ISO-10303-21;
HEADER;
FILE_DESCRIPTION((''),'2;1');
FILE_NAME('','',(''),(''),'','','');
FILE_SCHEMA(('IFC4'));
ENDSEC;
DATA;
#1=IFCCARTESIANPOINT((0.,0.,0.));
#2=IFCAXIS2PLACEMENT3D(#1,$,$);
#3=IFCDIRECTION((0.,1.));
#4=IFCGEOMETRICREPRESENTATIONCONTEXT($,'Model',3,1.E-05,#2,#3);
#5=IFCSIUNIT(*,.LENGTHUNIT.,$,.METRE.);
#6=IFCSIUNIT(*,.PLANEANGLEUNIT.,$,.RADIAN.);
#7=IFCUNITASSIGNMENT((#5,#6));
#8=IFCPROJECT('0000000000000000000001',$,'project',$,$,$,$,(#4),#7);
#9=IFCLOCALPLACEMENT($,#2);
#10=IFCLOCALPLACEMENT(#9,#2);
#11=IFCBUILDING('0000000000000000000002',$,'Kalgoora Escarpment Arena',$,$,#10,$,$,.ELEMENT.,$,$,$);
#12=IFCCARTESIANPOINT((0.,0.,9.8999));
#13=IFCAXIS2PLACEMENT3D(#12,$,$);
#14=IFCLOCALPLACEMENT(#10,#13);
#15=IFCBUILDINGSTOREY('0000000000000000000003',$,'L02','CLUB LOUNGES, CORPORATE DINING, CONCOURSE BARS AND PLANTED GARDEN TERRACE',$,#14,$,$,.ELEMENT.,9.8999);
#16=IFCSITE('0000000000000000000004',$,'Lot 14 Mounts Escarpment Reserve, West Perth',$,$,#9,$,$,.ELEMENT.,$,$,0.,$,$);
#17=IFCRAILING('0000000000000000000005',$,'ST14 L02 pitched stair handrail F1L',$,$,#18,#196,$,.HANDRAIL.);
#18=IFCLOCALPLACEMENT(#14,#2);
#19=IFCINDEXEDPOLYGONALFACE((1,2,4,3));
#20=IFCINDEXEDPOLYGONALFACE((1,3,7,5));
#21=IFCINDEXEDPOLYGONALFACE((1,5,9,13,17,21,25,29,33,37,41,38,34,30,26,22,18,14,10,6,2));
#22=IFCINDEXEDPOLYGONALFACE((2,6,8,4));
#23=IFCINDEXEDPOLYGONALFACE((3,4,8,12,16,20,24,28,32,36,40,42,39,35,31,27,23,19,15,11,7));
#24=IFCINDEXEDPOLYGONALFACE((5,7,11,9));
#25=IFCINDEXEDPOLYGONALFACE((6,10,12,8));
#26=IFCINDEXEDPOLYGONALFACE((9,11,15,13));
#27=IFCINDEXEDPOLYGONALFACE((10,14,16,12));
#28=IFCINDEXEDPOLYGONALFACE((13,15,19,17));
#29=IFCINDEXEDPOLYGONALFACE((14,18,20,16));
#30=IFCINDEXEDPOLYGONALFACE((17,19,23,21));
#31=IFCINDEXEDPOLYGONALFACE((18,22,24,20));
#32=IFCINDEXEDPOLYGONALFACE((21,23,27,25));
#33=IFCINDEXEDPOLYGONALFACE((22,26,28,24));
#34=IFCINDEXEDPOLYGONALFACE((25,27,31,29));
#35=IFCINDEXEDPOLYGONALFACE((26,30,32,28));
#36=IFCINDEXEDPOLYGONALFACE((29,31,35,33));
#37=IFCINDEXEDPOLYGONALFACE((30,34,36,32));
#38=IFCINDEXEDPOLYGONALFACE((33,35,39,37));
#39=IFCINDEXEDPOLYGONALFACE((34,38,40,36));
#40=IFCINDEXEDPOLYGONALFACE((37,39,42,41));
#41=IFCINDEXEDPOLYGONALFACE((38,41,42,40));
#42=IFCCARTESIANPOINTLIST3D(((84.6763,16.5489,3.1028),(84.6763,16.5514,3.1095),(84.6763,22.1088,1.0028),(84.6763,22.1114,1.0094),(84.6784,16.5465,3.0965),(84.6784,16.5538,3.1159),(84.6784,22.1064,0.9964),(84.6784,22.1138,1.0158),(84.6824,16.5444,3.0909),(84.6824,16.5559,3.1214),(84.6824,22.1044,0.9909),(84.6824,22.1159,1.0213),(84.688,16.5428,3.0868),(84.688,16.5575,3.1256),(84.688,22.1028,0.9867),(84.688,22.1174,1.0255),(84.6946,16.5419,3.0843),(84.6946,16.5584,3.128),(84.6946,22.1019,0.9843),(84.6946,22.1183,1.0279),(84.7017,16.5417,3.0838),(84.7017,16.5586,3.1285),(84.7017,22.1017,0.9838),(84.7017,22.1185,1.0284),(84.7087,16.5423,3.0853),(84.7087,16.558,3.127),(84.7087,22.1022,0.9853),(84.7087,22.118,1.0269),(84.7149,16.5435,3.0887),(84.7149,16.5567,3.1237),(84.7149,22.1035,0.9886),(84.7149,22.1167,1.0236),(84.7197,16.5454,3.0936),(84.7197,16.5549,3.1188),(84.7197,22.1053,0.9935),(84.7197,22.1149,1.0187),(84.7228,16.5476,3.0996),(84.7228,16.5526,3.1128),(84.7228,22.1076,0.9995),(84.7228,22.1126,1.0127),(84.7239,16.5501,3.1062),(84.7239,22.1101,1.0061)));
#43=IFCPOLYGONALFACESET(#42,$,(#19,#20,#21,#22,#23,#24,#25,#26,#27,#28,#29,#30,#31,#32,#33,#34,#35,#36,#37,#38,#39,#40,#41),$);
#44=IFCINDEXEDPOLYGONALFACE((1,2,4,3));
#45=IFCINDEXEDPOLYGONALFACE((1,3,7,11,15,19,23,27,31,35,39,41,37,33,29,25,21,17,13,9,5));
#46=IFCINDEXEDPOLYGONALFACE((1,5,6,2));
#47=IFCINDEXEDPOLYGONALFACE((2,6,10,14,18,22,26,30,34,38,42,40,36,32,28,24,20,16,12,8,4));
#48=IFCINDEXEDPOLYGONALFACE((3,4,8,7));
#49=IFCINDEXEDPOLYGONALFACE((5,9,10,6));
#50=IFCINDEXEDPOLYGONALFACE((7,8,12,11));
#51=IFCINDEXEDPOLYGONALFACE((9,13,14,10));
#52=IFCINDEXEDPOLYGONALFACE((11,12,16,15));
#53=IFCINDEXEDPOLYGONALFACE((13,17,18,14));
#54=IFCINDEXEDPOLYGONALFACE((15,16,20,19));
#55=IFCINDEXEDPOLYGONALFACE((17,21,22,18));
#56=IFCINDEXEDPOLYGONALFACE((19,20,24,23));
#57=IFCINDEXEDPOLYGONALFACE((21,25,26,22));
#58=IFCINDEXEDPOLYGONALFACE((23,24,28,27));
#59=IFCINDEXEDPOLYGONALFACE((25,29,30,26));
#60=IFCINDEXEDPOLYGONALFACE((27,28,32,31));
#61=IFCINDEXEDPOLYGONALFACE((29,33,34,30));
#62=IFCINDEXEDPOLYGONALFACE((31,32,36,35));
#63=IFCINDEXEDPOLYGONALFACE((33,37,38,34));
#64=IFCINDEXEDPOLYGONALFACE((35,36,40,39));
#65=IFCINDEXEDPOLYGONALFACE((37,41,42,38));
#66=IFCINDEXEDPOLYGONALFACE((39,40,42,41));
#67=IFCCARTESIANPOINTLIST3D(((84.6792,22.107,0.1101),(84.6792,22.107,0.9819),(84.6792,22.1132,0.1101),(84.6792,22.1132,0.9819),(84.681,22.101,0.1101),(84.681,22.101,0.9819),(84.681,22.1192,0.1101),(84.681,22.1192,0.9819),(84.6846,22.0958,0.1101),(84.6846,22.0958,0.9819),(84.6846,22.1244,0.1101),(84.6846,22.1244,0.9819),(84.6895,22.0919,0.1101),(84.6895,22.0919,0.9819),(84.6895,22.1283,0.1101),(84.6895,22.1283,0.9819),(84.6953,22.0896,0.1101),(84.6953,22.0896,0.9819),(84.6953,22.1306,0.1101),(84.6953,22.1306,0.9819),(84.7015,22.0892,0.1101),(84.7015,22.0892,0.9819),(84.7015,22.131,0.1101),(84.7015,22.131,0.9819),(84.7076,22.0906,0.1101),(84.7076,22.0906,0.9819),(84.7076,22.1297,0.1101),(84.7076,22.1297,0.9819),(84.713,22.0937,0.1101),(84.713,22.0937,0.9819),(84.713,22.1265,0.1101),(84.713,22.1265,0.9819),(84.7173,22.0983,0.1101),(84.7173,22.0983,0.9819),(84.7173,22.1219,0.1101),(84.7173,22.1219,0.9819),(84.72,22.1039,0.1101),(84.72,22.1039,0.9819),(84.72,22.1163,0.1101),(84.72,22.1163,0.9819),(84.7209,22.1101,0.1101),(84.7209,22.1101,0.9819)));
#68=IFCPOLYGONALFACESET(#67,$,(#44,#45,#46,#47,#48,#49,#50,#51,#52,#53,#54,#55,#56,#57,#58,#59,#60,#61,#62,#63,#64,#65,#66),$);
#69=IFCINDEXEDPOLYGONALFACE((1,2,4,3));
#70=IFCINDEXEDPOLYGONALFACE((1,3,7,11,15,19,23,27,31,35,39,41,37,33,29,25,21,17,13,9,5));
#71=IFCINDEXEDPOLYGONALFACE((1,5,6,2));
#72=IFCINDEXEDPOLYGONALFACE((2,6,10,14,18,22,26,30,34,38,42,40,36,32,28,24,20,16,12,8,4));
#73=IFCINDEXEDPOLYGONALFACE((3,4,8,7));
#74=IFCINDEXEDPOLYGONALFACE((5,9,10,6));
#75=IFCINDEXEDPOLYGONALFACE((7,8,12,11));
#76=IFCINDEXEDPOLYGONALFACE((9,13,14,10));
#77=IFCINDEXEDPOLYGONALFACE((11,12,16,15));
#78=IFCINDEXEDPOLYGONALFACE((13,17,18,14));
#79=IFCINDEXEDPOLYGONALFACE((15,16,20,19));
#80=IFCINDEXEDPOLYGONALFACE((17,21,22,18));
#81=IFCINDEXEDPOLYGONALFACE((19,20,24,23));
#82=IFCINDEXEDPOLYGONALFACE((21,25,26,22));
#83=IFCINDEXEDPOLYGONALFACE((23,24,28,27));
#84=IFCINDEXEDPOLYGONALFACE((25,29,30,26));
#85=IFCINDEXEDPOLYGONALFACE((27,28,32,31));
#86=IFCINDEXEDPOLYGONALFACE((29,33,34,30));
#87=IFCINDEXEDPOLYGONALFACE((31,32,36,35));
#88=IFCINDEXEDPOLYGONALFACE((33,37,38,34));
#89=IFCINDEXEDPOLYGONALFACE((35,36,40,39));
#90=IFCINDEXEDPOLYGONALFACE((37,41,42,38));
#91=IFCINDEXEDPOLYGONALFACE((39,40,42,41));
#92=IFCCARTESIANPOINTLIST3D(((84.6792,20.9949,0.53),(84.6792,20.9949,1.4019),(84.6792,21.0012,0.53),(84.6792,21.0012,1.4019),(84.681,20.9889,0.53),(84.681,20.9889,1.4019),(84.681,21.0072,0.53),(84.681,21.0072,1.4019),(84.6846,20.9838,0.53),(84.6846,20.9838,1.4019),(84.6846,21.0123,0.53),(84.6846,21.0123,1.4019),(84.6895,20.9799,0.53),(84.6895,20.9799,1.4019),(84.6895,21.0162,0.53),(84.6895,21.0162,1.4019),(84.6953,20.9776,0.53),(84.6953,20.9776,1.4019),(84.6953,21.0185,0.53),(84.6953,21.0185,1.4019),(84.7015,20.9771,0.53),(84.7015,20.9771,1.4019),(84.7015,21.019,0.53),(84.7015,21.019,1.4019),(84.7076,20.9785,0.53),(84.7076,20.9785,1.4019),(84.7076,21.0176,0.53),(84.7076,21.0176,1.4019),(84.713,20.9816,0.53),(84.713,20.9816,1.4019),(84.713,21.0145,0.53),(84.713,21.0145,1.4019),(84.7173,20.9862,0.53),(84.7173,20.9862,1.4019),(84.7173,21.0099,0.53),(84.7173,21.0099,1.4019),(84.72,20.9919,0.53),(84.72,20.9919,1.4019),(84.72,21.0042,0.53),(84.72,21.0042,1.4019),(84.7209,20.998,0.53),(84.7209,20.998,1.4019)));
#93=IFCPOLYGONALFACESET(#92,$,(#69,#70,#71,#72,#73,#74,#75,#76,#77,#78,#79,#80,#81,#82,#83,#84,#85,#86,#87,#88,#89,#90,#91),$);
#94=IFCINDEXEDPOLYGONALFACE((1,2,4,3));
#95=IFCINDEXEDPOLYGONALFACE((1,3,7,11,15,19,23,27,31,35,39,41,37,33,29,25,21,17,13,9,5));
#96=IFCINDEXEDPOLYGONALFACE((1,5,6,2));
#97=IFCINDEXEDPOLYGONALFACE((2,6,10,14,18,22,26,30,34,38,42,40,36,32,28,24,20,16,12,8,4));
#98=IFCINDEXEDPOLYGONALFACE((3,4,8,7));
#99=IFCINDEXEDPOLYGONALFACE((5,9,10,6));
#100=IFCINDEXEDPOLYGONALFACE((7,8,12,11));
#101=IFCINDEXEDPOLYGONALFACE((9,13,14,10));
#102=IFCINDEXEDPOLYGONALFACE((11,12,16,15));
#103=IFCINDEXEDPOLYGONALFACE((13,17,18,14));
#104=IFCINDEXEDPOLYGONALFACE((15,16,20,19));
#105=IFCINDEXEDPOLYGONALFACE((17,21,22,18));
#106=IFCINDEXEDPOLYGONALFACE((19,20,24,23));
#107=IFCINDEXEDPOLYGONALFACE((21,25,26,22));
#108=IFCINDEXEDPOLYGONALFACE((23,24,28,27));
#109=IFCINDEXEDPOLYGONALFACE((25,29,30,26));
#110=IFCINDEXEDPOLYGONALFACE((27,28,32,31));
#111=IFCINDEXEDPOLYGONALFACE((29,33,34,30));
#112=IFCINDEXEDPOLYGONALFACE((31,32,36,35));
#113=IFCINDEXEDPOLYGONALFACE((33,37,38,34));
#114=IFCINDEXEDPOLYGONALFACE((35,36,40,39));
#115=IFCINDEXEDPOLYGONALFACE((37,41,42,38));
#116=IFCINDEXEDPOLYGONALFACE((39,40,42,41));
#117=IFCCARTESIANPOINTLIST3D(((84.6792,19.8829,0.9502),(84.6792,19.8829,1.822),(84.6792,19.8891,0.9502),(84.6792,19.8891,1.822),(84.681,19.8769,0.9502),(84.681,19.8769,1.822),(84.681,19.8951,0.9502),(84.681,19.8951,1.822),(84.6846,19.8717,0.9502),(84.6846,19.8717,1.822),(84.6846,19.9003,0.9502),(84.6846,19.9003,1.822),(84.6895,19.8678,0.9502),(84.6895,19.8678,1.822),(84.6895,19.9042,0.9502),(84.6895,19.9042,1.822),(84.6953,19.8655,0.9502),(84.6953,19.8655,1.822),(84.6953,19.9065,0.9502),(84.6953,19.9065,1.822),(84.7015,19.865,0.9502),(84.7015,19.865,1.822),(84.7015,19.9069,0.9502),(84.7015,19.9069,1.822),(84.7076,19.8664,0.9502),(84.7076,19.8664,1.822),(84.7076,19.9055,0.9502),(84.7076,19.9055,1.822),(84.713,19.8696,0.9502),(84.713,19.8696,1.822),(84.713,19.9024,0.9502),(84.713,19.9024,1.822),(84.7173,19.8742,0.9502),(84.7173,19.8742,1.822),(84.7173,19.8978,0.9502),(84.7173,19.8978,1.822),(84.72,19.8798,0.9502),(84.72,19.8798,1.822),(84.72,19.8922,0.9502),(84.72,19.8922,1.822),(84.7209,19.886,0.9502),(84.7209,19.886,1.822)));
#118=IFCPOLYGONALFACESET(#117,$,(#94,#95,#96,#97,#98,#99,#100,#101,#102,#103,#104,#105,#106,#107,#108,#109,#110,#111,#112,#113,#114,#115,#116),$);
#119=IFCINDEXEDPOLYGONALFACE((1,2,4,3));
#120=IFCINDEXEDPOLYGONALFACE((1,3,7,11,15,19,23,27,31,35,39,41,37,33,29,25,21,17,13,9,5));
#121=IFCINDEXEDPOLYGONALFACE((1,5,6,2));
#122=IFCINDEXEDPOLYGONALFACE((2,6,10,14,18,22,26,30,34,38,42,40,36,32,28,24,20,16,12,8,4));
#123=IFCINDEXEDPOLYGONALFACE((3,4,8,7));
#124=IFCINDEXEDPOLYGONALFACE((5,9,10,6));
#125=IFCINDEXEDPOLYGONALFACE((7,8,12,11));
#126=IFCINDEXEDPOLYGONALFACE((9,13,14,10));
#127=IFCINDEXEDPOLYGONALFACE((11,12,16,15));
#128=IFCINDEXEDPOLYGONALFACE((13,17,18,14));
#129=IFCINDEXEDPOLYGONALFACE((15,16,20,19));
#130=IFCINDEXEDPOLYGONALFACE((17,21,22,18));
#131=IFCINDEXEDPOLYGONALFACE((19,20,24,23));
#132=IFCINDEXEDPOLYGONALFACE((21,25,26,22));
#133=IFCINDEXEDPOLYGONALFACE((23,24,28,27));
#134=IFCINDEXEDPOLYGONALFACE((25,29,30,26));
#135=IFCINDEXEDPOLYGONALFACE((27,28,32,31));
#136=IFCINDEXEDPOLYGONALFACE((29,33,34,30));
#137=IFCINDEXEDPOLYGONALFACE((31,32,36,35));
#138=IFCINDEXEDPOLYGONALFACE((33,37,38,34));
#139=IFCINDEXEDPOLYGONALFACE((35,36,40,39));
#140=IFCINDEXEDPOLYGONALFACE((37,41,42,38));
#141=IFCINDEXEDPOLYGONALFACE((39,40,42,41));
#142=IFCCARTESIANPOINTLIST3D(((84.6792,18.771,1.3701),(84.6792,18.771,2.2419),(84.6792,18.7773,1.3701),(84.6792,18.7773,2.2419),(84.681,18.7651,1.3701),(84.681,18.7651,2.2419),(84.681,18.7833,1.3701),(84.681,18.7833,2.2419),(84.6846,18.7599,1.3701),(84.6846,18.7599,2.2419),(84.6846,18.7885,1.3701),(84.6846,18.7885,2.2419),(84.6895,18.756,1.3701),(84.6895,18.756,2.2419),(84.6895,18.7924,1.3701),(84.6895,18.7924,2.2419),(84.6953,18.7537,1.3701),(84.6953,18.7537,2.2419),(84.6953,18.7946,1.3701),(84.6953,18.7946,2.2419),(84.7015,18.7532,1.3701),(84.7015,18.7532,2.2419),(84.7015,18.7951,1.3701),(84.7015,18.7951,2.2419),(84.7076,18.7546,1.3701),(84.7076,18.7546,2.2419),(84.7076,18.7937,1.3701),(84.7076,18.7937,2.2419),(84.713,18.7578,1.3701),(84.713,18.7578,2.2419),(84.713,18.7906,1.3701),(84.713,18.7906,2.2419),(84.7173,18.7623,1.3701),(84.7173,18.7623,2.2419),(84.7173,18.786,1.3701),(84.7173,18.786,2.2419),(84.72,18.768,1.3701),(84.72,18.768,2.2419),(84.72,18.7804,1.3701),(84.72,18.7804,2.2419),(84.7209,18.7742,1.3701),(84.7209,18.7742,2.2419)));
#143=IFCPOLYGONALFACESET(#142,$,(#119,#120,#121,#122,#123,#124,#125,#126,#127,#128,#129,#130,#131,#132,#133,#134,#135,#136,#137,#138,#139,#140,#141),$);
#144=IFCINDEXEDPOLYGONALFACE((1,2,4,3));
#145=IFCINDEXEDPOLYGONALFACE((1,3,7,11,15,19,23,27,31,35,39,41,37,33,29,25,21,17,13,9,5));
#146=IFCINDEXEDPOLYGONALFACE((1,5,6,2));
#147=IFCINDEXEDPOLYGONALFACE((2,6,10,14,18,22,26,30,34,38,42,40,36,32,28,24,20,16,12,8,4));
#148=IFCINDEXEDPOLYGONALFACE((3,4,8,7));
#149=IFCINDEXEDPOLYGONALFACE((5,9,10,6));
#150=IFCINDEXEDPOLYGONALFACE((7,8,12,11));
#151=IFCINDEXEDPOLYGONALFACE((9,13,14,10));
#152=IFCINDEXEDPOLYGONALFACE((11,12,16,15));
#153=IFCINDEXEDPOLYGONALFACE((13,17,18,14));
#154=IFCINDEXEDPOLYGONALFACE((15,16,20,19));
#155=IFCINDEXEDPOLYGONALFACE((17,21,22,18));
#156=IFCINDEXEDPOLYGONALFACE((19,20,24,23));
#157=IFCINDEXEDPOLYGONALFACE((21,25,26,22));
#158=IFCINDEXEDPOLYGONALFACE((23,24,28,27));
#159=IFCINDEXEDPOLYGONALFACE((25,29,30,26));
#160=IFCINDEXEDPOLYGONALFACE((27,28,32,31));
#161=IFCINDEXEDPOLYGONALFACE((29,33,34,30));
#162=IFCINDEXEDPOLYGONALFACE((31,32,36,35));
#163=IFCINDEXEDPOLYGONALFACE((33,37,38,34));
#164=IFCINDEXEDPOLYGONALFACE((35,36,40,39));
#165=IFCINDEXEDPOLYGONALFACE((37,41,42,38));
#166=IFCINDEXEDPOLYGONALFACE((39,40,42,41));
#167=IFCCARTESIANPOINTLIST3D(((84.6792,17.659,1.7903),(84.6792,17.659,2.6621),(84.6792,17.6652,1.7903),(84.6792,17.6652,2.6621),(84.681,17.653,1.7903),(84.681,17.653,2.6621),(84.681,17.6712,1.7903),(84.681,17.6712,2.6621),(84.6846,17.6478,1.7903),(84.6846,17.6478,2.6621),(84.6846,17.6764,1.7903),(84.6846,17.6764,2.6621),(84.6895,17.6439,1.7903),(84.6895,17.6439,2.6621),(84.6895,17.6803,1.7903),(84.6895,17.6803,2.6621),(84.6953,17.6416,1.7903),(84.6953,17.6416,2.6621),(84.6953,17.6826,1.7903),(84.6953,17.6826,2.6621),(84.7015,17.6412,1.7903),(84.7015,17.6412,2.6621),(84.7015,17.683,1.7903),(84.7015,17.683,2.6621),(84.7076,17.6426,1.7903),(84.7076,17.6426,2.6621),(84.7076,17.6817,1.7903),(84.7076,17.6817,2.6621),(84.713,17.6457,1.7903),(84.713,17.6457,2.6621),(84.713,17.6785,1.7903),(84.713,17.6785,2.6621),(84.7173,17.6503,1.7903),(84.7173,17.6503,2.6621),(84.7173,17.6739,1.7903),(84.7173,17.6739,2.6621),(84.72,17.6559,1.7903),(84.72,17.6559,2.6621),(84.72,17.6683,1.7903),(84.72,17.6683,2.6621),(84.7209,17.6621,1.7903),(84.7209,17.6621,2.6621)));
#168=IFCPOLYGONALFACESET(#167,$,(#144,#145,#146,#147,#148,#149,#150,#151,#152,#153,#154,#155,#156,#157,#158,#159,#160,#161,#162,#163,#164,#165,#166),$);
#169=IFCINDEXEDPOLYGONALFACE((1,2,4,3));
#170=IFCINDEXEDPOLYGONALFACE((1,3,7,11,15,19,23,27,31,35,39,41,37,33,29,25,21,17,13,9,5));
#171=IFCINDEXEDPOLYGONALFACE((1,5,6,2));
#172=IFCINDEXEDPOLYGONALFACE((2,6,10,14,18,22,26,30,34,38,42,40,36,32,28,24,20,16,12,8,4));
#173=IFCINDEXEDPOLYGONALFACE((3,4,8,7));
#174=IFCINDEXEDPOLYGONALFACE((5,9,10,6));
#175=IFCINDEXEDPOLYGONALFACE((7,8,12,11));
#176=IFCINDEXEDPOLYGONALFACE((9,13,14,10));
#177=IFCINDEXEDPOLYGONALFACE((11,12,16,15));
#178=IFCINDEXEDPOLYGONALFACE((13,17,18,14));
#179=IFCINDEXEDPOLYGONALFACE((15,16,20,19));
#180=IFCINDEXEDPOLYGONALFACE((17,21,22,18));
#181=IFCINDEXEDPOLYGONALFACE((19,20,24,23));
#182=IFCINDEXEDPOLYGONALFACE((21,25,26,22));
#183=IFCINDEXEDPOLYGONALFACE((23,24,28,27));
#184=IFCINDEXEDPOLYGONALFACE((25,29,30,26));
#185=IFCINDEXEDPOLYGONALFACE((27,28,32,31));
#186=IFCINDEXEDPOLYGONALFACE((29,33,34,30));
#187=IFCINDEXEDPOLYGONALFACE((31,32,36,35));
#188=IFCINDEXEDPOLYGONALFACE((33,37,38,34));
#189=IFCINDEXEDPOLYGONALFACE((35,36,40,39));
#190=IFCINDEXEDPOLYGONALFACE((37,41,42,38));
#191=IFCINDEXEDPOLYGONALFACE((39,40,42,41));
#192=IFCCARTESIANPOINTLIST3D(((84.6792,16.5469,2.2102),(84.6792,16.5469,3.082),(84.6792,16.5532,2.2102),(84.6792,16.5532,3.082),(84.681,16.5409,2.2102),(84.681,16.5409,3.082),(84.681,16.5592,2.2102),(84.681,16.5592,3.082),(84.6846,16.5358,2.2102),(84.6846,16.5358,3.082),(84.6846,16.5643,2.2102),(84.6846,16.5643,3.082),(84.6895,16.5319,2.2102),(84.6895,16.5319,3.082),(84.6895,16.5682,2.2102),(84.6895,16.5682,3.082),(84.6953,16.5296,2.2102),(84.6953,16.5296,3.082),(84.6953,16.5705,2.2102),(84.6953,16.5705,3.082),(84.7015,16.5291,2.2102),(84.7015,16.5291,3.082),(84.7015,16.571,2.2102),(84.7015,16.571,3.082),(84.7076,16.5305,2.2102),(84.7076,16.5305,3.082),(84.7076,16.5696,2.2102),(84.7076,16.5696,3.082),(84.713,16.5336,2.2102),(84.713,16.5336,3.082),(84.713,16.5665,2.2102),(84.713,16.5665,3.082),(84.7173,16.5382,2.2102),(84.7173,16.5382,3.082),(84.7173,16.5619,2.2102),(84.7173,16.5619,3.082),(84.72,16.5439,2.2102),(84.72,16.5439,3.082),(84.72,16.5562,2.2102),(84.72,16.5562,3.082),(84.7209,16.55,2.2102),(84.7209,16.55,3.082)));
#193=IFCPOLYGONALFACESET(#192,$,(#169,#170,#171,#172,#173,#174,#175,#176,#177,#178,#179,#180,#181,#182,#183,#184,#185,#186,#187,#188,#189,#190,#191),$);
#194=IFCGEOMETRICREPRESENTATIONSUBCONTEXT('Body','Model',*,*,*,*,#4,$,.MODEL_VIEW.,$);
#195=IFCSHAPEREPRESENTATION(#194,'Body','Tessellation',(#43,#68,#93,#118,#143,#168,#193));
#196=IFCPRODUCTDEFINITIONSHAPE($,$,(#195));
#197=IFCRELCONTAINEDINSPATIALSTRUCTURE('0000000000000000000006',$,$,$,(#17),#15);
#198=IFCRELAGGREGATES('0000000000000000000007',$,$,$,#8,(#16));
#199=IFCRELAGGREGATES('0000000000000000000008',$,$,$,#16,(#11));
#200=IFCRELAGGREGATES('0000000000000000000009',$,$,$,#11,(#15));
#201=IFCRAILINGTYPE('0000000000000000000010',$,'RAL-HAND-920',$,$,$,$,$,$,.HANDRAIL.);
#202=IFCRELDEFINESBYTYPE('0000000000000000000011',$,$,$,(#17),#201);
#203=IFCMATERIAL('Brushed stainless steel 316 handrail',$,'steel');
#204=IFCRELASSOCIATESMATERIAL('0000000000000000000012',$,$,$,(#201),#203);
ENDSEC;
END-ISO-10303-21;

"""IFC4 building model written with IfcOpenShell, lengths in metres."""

from ifc_helpers import new_model, si_unit, direction, frame, origin, origin_2d, place, context, subcontext, project, spatial, circle, extrude, material, type_object, element, save


model = new_model("IFC4")

# Units and contexts
model_context = context("Model", 3, precision=1e-05, world=origin(), true_north=direction((0.0, 1.0)))
body_context = subcontext(model_context, "Body", "Model", "MODEL_VIEW")
ifc_project = project(units=[si_unit("LENGTHUNIT", "METRE"), si_unit("PLANEANGLEUNIT", "RADIAN")], contexts=[model_context])

# Site, building, storey
site_placement = place(None, origin())
site = spatial("IfcSite", under=ifc_project, at=site_placement, Name="Lot 14 Mounts Escarpment Reserve, West Perth", CompositionType="ELEMENT", RefElevation=0.0)
building_placement = place(site_placement, origin())
building = spatial("IfcBuilding", under=site, at=building_placement, Name="Kalgoora Escarpment Arena", CompositionType="ELEMENT")
storey_placement = place(building_placement, frame((0.0, 0.0, 9.8999)))
storey = spatial("IfcBuildingStorey", under=building, at=storey_placement, Name="L02", Description="CLUB LOUNGES, CORPORATE DINING, CONCOURSE BARS AND PLANTED GARDEN TERRACE", CompositionType="ELEMENT", Elevation=9.8999)

# Railing
ifc_material_1 = material(Name="Brushed stainless steel 316 handrail", Category="steel")
railing_type_1 = type_object("IfcRailingType", Name="RAL-HAND-920", PredefinedType="HANDRAIL", material=ifc_material_1)
for number, where, name in (
    (1, (84.7, 22.1101, 0.1101), "ST14 L02 pitched stair handrail F1L"),
):
    element("IfcRailing", number, at=place(storey_placement, frame(where)), inside=storey, type_object=railing_type_1, Name=name, PredefinedType="HANDRAIL", context=body_context, shape_type="SweptSolid", body=[
        extrude(circle(Radius=0.0239, at=origin_2d()), frame((0.0, 0.0, 0.896), z_axis=(0.0, -0.935493, 0.353346), x_axis=(1.0, 0.0, 0.0)), (0.0, 0.0, 1.0), 5.9434),
        extrude(circle(Radius=0.021, at=origin_2d()), origin(), (0.0, 0.0, 1.0), 0.8718),
        extrude(circle(Radius=0.021, at=origin_2d()), frame((0.0, -1.1121, 0.4199)), (0.0, 0.0, 1.0), 0.8718),
        extrude(circle(Radius=0.021, at=origin_2d()), frame((0.0, -2.2241, 0.8401)), (0.0, 0.0, 1.0), 0.8718),
        extrude(circle(Radius=0.021, at=origin_2d()), frame((0.0, -3.3359, 1.26)), (0.0, 0.0, 1.0), 0.8718),
        extrude(circle(Radius=0.021, at=origin_2d()), frame((0.0, -4.448, 1.6802)), (0.0, 0.0, 1.0), 0.8718),
        extrude(circle(Radius=0.021, at=origin_2d()), frame((0.0, -5.5601, 2.1001)), (0.0, 0.0, 1.0), 0.8718),
    ])

save(model, "model.ifc")
